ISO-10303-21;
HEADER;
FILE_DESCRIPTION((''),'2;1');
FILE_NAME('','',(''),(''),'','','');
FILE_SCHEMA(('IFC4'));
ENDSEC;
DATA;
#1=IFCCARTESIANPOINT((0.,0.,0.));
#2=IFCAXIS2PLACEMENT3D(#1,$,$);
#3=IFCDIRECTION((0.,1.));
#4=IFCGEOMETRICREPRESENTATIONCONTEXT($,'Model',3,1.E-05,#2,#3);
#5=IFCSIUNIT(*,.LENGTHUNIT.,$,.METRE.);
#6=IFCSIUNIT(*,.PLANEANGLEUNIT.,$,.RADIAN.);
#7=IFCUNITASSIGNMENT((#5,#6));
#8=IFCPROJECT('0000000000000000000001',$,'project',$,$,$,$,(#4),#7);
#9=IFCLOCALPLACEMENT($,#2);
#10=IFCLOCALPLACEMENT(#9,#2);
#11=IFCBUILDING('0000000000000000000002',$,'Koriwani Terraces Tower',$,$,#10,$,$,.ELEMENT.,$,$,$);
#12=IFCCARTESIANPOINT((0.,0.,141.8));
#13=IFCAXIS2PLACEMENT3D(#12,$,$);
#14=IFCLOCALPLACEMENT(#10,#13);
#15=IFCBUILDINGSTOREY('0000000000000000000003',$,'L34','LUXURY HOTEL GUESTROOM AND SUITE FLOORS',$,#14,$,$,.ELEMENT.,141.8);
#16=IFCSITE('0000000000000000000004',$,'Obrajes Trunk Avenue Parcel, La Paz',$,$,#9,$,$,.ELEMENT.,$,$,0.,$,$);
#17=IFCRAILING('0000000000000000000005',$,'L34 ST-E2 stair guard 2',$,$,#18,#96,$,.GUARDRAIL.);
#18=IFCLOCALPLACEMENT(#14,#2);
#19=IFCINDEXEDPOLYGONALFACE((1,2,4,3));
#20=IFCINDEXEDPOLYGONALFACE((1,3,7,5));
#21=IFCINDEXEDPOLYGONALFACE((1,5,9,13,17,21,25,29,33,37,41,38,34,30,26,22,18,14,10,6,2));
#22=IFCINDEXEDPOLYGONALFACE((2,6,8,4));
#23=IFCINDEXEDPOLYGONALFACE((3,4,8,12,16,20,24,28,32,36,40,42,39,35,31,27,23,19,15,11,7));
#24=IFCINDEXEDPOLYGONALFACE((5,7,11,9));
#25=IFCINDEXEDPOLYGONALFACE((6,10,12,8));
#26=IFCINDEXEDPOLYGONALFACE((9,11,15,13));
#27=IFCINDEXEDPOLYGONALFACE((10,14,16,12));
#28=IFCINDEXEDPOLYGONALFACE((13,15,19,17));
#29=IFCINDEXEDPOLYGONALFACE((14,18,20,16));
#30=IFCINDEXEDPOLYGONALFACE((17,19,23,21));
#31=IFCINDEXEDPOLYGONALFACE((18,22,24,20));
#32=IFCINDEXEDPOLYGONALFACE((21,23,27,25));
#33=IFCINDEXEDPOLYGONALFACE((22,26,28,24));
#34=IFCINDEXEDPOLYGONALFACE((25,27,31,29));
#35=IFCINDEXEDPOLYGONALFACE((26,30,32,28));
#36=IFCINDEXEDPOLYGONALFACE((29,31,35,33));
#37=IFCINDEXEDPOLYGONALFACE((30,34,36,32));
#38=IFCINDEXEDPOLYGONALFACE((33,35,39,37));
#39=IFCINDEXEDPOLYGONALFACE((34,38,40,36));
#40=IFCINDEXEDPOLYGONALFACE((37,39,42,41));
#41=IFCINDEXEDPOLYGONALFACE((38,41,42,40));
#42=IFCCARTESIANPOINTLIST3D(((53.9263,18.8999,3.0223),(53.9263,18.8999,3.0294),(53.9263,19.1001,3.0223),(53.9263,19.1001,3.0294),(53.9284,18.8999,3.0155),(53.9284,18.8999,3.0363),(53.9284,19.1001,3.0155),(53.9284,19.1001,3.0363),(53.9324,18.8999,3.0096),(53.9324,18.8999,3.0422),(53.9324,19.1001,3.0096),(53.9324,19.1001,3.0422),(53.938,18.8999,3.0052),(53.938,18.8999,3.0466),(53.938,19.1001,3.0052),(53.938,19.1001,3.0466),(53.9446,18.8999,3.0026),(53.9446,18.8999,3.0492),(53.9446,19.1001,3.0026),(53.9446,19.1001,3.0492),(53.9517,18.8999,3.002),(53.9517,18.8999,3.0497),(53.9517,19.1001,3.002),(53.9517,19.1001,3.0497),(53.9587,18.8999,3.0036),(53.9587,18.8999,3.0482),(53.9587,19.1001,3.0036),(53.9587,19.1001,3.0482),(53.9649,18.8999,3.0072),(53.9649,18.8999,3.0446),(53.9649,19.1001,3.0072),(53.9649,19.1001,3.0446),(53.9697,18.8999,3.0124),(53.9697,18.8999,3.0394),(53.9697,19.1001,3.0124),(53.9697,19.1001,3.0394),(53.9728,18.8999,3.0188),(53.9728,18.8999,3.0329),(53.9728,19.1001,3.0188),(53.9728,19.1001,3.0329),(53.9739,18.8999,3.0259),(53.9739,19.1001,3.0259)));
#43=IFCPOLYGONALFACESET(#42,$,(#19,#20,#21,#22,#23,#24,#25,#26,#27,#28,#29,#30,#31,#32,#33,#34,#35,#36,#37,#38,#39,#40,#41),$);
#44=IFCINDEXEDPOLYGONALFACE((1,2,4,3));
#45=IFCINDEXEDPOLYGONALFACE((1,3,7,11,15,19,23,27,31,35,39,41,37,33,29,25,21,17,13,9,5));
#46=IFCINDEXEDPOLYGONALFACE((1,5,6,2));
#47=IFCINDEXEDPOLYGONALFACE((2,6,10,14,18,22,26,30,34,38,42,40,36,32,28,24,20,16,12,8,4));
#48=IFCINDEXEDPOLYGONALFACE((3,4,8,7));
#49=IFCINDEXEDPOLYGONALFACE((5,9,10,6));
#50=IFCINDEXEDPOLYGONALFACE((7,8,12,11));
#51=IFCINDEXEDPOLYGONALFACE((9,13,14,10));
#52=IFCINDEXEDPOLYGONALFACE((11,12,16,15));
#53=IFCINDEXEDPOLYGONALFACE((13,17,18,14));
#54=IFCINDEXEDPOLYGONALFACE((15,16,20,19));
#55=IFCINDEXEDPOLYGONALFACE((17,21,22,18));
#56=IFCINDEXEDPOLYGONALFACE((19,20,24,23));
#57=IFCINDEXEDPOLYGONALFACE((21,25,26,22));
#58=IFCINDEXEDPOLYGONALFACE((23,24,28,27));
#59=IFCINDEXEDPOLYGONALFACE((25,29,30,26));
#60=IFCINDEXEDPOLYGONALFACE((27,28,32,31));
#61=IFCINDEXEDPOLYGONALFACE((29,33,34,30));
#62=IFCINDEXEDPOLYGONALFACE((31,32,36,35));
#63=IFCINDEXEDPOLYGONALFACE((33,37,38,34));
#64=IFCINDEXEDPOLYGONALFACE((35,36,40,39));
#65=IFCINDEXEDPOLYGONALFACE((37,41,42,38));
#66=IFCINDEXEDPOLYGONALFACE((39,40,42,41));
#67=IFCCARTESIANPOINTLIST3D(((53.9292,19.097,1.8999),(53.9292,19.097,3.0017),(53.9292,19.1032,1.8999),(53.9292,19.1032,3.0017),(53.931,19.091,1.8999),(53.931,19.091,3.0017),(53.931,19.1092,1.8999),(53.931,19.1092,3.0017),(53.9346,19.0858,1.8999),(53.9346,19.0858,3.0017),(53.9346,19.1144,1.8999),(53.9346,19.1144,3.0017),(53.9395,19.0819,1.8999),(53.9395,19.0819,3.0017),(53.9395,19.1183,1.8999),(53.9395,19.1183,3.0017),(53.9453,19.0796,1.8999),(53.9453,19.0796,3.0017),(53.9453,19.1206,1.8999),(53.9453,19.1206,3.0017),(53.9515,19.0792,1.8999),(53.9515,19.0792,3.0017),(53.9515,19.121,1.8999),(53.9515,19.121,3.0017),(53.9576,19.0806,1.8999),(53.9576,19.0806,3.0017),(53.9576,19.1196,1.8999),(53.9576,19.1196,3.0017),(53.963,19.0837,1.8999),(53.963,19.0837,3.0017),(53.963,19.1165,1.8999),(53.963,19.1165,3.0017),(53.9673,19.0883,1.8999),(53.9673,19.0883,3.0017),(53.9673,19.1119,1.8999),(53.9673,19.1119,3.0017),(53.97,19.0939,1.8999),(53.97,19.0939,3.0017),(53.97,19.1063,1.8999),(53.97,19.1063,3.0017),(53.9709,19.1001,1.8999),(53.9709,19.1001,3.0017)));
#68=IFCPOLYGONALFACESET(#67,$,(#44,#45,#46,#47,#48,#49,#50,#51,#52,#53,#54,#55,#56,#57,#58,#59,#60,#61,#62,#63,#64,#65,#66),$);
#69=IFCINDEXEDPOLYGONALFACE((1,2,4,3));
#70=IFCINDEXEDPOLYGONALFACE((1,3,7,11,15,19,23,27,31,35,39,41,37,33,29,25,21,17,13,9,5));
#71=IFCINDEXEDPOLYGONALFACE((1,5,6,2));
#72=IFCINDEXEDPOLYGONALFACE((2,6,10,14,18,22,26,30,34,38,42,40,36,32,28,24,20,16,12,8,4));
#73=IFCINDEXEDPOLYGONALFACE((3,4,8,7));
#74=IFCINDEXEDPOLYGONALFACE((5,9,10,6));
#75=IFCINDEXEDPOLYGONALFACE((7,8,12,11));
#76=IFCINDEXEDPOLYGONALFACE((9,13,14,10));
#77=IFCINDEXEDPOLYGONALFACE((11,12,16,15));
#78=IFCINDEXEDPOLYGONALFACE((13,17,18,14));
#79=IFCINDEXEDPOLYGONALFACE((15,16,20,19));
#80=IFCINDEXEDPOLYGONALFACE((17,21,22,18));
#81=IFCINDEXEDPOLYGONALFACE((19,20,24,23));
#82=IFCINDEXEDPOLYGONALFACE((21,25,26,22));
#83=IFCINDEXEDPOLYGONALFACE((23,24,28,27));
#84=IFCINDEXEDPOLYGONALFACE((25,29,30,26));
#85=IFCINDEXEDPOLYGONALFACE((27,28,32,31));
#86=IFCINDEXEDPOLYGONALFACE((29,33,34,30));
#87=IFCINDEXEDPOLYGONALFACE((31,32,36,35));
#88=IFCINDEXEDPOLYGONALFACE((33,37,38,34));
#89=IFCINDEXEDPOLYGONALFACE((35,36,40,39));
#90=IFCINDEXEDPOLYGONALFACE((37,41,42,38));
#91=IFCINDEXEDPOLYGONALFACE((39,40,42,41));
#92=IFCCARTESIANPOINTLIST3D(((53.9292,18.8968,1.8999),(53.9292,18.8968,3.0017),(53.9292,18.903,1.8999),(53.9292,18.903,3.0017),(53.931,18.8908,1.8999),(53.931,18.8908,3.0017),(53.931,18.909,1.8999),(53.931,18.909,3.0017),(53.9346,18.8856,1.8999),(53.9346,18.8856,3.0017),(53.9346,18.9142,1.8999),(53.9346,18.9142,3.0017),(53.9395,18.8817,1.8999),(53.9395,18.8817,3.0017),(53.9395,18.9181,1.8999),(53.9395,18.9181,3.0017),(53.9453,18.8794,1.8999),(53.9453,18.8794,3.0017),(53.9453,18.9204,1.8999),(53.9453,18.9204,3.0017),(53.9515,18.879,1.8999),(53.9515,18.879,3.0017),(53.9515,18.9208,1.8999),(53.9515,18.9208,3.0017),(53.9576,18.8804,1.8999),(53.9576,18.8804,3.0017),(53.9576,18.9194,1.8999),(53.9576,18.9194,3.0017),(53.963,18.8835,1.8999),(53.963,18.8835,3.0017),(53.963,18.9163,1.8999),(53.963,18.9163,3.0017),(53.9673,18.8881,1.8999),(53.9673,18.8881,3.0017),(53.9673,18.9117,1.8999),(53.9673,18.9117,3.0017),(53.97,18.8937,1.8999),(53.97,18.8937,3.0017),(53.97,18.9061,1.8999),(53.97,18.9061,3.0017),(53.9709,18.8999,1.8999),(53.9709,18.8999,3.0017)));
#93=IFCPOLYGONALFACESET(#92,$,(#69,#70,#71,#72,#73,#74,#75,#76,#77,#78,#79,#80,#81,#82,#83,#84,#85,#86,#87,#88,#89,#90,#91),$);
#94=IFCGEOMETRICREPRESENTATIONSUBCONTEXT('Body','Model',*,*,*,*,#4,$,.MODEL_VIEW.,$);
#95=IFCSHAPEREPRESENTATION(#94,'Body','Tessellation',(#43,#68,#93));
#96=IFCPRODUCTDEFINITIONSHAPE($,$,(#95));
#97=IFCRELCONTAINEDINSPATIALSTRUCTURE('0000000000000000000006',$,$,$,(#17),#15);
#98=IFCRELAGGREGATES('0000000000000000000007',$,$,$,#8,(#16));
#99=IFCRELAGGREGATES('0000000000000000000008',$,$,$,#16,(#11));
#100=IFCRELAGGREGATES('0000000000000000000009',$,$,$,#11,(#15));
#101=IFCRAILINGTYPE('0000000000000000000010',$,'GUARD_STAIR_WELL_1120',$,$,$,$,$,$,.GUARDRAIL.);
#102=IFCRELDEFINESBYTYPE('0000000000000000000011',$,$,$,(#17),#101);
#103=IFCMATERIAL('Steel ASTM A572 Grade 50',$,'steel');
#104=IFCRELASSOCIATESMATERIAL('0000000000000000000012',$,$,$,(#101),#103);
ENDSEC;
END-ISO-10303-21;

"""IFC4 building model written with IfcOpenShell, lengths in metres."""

from ifc_helpers import new_model, si_unit, direction, frame, origin, origin_2d, place, context, subcontext, project, spatial, circle, extrude, material, type_object, element, save


model = new_model("IFC4")

# Units and contexts
model_context = context("Model", 3, precision=1e-05, world=origin(), true_north=direction((0.0, 1.0)))
body_context = subcontext(model_context, "Body", "Model", "MODEL_VIEW")
ifc_project = project(units=[si_unit("LENGTHUNIT", "METRE"), si_unit("PLANEANGLEUNIT", "RADIAN")], contexts=[model_context])

# Site, building, storey
site_placement = place(None, origin())
site = spatial("IfcSite", under=ifc_project, at=site_placement, Name="Obrajes Trunk Avenue Parcel, La Paz", CompositionType="ELEMENT", RefElevation=0.0)
building_placement = place(site_placement, origin())
building = spatial("IfcBuilding", under=site, at=building_placement, Name="Koriwani Terraces Tower", CompositionType="ELEMENT")
storey_placement = place(building_placement, frame((0.0, 0.0, 141.8)))
storey = spatial("IfcBuildingStorey", under=building, at=storey_placement, Name="L34", Description="LUXURY HOTEL GUESTROOM AND SUITE FLOORS", CompositionType="ELEMENT", Elevation=141.8)

# Shared definitions
ifc_material_1 = material(Name="Steel ASTM A572 Grade 50", Category="steel")

# Railing
railing_type_1 = type_object("IfcRailingType", Name="GUARD_STAIR_WELL_1120", PredefinedType="GUARDRAIL", material=ifc_material_1)
railing_1_placement = place(storey_placement, frame((53.95, 19.1001, 1.8999)))
element("IfcRailing", 1, at=railing_1_placement, inside=storey, type_object=railing_type_1, Name="L34 ST-E2 stair guard 2", PredefinedType="GUARDRAIL", context=body_context, shape_type="SweptSolid", body=[
    extrude(circle(Radius=0.0239, at=origin_2d()), frame((0.0, 0.0, 1.126), z_axis=(0.0, -1.0, 0.0), x_axis=(1.0, 0.0, 0.0)), (0.0, 0.0, 1.0), 0.2002),
    extrude(circle(Radius=0.021, at=origin_2d()), origin(), (0.0, 0.0, 1.0), 1.1018),
    extrude(circle(Radius=0.021, at=origin_2d()), frame((0.0, -0.2002, 0.0)), (0.0, 0.0, 1.0), 1.1018),
])

save(model, "model.ifc")
